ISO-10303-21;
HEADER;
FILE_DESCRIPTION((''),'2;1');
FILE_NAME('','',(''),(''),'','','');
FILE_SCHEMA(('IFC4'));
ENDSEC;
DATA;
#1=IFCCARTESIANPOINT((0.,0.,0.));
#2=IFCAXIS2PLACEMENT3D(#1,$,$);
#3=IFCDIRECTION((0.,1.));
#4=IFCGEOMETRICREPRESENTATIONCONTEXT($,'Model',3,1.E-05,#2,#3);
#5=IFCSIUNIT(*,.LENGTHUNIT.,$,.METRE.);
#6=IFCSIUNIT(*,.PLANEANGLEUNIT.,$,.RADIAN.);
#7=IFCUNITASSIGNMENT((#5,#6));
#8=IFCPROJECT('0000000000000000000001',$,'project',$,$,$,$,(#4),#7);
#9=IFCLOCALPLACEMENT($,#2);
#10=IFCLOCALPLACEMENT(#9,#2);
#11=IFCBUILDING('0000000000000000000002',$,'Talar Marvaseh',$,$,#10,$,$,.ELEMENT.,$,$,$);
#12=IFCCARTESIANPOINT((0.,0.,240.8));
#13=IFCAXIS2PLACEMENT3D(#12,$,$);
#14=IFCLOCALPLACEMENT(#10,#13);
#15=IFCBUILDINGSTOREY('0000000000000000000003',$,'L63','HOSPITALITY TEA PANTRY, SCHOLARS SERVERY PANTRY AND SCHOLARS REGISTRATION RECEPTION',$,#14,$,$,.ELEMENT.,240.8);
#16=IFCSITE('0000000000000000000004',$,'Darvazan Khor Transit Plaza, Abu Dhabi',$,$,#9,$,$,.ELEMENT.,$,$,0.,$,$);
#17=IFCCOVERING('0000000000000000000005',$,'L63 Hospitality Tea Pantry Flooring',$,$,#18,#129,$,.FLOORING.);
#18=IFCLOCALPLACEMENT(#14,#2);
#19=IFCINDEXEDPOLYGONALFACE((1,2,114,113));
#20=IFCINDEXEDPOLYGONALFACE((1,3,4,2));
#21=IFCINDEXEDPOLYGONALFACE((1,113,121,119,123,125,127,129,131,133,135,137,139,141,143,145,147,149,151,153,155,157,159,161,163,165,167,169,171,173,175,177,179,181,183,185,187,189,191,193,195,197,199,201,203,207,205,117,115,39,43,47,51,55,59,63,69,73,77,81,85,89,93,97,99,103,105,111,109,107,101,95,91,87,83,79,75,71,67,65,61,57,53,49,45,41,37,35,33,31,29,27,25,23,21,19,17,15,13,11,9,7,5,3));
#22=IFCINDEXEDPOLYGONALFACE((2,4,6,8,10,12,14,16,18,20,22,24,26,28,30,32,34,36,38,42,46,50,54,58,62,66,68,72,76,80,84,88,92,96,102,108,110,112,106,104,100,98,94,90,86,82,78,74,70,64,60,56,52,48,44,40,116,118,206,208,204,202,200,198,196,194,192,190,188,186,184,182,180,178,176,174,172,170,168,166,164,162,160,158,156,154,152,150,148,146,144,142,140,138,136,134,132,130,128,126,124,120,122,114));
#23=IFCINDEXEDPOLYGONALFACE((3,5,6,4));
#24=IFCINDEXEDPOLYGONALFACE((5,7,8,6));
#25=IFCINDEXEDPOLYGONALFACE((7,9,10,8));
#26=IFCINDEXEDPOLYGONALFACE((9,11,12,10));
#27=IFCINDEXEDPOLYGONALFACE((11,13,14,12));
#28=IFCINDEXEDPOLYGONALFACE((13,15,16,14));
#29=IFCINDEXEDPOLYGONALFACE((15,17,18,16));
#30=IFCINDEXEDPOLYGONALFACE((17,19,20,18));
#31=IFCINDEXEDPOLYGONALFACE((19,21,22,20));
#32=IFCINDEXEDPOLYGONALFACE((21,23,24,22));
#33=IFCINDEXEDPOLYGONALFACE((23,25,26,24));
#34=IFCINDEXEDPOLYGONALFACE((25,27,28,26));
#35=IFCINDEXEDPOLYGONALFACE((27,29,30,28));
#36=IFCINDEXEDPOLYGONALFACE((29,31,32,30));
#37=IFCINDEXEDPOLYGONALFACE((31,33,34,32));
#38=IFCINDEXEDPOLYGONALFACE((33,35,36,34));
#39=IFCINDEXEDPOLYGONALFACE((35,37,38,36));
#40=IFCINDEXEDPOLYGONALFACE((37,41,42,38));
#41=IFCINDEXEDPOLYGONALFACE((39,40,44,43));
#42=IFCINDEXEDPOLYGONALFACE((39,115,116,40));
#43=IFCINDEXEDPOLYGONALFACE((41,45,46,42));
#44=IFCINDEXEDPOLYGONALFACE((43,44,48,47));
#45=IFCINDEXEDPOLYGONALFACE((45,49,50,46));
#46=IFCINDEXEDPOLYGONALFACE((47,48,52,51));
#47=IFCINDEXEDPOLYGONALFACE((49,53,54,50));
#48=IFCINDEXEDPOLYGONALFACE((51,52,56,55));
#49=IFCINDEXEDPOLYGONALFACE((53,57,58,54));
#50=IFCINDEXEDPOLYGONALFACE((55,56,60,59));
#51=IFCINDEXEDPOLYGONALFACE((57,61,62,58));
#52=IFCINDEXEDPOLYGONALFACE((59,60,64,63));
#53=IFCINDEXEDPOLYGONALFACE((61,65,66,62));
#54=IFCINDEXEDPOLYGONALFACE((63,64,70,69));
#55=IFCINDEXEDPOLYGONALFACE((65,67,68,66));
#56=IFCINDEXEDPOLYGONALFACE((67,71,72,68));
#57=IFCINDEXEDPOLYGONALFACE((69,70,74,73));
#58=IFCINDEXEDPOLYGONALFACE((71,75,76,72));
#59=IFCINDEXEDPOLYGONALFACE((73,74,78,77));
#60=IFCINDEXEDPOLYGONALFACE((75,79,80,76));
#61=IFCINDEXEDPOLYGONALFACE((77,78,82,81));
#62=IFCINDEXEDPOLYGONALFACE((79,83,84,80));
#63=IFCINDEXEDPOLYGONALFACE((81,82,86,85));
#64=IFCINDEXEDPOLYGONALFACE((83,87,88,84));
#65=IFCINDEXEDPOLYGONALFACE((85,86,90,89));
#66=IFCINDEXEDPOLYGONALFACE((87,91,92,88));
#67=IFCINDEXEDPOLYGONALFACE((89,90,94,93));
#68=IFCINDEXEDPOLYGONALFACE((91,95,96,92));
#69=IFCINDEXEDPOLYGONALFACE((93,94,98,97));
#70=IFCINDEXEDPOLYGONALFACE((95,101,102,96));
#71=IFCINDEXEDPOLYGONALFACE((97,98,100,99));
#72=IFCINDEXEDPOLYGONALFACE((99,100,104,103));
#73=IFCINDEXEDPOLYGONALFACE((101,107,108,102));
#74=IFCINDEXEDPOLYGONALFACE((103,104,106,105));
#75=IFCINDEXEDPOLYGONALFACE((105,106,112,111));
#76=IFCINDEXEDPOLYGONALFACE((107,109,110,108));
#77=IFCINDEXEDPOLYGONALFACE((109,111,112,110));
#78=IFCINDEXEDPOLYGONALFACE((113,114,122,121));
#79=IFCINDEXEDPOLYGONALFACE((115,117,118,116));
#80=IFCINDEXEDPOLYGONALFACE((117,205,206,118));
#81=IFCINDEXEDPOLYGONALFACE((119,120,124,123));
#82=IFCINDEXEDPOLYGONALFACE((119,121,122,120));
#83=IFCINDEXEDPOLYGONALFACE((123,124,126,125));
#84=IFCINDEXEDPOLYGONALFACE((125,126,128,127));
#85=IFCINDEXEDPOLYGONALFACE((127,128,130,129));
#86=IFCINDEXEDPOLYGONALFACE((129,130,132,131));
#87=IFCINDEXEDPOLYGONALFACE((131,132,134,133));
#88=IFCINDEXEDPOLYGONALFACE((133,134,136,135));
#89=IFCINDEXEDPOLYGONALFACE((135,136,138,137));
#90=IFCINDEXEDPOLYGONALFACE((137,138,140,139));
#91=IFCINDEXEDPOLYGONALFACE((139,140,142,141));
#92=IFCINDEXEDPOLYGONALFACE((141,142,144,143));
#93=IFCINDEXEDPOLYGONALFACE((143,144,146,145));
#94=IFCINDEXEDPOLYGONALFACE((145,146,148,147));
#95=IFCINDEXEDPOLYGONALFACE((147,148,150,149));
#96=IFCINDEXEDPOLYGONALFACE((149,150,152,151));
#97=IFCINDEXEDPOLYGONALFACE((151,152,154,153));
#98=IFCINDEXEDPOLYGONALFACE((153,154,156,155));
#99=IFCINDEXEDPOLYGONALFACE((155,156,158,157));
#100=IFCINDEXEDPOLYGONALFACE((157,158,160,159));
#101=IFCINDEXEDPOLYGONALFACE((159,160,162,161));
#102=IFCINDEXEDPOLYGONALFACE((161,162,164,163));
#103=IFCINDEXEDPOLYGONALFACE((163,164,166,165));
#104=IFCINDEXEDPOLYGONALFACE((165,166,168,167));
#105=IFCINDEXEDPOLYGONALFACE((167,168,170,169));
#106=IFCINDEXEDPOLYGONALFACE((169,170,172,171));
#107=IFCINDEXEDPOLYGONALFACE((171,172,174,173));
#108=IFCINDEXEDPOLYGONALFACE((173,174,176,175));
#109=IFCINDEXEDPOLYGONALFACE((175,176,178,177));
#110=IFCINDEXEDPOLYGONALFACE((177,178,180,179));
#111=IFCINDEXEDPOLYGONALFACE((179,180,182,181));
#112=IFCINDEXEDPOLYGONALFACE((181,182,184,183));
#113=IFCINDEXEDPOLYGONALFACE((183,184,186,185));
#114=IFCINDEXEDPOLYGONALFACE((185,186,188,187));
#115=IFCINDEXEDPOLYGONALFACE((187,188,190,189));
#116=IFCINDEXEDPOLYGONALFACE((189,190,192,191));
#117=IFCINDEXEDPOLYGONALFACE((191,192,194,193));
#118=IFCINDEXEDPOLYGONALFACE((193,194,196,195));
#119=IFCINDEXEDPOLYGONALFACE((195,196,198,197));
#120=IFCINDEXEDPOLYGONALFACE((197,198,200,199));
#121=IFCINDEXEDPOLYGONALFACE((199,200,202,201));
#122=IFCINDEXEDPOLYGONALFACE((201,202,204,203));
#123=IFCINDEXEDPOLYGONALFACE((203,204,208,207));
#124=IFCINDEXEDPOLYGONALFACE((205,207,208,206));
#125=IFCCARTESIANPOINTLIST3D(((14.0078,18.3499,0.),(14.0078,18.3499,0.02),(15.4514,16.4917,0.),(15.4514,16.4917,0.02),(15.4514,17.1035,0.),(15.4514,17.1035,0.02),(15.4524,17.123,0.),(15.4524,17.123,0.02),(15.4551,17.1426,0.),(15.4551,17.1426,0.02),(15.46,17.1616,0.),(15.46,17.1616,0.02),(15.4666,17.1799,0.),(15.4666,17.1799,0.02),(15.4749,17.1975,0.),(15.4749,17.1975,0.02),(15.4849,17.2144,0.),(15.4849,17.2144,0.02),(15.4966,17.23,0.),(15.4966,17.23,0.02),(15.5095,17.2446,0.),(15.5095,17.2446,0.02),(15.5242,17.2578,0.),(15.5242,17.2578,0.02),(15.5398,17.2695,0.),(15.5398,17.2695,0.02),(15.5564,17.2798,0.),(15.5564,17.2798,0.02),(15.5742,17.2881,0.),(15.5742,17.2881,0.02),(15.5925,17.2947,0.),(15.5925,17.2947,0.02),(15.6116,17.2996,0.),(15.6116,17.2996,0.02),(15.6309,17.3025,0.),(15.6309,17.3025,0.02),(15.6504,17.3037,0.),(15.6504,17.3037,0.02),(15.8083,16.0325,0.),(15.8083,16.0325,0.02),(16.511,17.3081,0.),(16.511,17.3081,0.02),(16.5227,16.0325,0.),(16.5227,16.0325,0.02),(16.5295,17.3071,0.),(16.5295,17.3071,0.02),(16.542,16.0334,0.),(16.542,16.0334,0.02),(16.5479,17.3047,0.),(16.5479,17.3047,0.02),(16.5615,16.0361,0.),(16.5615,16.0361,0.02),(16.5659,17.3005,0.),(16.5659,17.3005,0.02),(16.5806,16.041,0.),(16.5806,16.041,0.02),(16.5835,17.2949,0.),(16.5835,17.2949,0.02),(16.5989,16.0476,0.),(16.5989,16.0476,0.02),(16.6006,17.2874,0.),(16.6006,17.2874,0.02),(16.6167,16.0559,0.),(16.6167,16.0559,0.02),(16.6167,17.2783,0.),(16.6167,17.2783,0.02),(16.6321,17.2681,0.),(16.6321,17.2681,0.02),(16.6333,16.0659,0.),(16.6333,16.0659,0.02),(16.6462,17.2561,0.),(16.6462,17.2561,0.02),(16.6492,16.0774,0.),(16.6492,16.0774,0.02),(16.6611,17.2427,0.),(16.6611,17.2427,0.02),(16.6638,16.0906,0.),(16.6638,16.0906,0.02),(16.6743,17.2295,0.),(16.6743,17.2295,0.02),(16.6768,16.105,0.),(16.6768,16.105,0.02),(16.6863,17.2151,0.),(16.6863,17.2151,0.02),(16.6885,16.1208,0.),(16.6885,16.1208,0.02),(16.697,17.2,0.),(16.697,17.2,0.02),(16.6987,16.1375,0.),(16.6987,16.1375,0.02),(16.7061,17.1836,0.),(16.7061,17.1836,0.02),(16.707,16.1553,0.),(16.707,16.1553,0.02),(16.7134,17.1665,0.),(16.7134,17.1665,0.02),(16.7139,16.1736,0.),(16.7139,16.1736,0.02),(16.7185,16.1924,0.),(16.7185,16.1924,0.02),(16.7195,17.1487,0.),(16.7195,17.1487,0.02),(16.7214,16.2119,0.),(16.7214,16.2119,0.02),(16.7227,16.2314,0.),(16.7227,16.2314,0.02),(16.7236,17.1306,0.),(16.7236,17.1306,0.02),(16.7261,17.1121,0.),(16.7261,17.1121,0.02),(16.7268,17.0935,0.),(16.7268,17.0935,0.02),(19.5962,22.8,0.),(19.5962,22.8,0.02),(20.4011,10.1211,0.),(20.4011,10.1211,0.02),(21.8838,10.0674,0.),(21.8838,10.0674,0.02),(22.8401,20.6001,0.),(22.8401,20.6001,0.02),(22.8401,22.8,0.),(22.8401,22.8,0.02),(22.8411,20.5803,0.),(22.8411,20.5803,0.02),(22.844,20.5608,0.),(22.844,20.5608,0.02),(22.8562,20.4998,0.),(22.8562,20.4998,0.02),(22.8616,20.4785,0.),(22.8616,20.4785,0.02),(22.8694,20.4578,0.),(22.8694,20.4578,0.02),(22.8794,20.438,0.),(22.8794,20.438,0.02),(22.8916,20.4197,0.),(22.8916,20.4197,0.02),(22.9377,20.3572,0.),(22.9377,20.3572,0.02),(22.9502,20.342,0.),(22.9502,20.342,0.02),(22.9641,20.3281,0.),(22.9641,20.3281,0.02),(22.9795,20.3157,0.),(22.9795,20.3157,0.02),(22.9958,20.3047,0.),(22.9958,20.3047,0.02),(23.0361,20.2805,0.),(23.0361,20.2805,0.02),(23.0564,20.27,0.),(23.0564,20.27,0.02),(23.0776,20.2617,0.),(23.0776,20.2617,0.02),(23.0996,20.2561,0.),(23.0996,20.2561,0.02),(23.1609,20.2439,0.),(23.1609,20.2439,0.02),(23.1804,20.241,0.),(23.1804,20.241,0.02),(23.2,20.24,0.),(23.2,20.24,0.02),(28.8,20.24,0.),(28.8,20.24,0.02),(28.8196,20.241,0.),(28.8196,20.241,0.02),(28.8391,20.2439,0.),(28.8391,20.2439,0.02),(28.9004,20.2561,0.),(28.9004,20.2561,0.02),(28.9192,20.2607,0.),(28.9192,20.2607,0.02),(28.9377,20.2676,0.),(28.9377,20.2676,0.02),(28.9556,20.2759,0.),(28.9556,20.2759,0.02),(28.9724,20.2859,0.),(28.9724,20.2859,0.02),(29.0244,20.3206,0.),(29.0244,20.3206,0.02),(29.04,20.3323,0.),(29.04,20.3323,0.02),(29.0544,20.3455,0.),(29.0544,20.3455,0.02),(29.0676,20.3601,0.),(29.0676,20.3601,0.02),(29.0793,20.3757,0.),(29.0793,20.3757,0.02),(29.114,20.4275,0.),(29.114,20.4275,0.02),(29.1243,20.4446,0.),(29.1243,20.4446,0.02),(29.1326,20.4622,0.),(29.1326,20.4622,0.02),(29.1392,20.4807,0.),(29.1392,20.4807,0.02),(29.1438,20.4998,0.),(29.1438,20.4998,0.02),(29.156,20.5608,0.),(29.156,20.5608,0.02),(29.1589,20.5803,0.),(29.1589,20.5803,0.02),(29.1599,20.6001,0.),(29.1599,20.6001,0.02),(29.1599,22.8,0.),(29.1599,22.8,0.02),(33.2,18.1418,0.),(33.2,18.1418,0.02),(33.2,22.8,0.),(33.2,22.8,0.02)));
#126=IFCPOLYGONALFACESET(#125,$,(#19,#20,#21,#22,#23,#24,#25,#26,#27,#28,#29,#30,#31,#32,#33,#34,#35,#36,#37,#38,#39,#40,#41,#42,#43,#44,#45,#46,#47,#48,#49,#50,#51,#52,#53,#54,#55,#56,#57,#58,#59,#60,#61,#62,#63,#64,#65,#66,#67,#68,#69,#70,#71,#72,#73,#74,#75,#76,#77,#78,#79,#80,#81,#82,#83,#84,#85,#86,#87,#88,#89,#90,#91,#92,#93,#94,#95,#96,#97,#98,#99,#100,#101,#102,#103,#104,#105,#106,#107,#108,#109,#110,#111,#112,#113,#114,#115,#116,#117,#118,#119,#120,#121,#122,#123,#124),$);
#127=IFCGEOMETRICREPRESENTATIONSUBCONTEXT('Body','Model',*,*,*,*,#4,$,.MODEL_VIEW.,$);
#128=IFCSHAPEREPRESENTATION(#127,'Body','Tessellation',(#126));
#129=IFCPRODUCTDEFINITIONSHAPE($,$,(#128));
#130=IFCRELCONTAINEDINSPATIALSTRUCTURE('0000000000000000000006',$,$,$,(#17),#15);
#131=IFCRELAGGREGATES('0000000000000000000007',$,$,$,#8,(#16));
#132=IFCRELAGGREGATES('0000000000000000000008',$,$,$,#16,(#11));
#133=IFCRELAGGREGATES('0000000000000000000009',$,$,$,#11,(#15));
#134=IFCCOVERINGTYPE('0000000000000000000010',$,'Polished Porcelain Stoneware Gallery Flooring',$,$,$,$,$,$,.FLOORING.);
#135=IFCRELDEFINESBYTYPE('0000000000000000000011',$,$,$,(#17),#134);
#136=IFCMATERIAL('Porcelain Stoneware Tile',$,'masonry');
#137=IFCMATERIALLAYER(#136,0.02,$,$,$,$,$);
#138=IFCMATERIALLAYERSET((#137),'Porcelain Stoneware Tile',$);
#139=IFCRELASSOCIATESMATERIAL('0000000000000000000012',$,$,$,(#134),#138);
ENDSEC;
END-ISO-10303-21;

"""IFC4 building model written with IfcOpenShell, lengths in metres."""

from ifc_helpers import new_model, si_unit, direction, frame, origin, place, context, subcontext, project, spatial, polyline, outline, extrude, material, layer, layer_set, type_object, element, save


model = new_model("IFC4")

# Units and contexts
model_context = context("Model", 3, precision=1e-05, world=origin(), true_north=direction((0.0, 1.0)))
body_context = subcontext(model_context, "Body", "Model", "MODEL_VIEW")
ifc_project = project(units=[si_unit("LENGTHUNIT", "METRE"), si_unit("PLANEANGLEUNIT", "RADIAN")], contexts=[model_context])

# Site, building, storey
site_placement = place(None, origin())
site = spatial("IfcSite", under=ifc_project, at=site_placement, Name="Darvazan Khor Transit Plaza, Abu Dhabi", CompositionType="ELEMENT", RefElevation=0.0)
building_placement = place(site_placement, origin())
building = spatial("IfcBuilding", under=site, at=building_placement, Name="Talar Marvaseh", CompositionType="ELEMENT")
storey_placement = place(building_placement, frame((0.0, 0.0, 240.8)))
storey = spatial("IfcBuildingStorey", under=building, at=storey_placement, Name="L63", Description="HOSPITALITY TEA PANTRY, SCHOLARS SERVERY PANTRY AND SCHOLARS REGISTRATION RECEPTION", CompositionType="ELEMENT", Elevation=240.8)

# Covering
ifc_material_1 = material(Name="Porcelain Stoneware Tile", Category="masonry")
ifc_layer_1 = layer(ifc_material_1, 0.02)
ifc_layer_set_1 = layer_set([ifc_layer_1], Name="Porcelain Stoneware Tile")
covering_type_1 = type_object("IfcCoveringType", Name="Polished Porcelain Stoneware Gallery Flooring", PredefinedType="FLOORING", material=ifc_layer_set_1)
covering_1_placement = place(storey_placement, origin())
element("IfcCovering", 1, at=covering_1_placement, inside=storey, type_object=covering_type_1, Name="L63 Hospitality Tea Pantry Flooring", PredefinedType="FLOORING", context=body_context, shape_type="SweptSolid", body=[
    extrude(outline(polyline([(22.8401, 22.8), (22.8401, 20.6001), (22.8411, 20.5803), (22.844, 20.5608), (22.8562, 20.4998), (22.8616, 20.4785), (22.8694, 20.4578), (22.8794, 20.438), (22.8916, 20.4197), (22.9377, 20.3572), (22.9502, 20.342), (22.9641, 20.3281), (22.9795, 20.3157), (22.9958, 20.3047), (23.0361, 20.2805), (23.0564, 20.27), (23.0776, 20.2617), (23.0996, 20.2561), (23.1609, 20.2439), (23.1804, 20.241), (23.2, 20.24), (28.8, 20.24), (28.8196, 20.241), (28.8391, 20.2439), (28.9004, 20.2561), (28.9192, 20.2607), (28.9377, 20.2676), (28.9556, 20.2759), (28.9724, 20.2859), (29.0244, 20.3206), (29.04, 20.3323), (29.0544, 20.3455), (29.0676, 20.3601), (29.0793, 20.3757), (29.114, 20.4275), (29.1243, 20.4446), (29.1326, 20.4622), (29.1392, 20.4807), (29.1438, 20.4998), (29.156, 20.5608), (29.1589, 20.5803), (29.1599, 20.6001), (29.1599, 22.8), (33.2, 22.8), (33.2, 18.1418), (21.8838, 10.0674), (20.4011, 10.1211), (15.8083, 16.0325), (16.5227, 16.0325), (16.542, 16.0334), (16.5615, 16.0361), (16.5806, 16.041), (16.5989, 16.0476), (16.6167, 16.0559), (16.6333, 16.0659), (16.6492, 16.0774), (16.6638, 16.0906), (16.6768, 16.105), (16.6885, 16.1208), (16.6987, 16.1375), (16.707, 16.1553), (16.7139, 16.1736), (16.7185, 16.1924), (16.7214, 16.2119), (16.7227, 16.2314), (16.7268, 17.0935), (16.7261, 17.1121), (16.7236, 17.1306), (16.7195, 17.1487), (16.7134, 17.1665), (16.7061, 17.1836), (16.697, 17.2), (16.6863, 17.2151), (16.6743, 17.2295), (16.6611, 17.2427), (16.6462, 17.2561), (16.6321, 17.2681), (16.6167, 17.2783), (16.6006, 17.2874), (16.5835, 17.2949), (16.5659, 17.3005), (16.5479, 17.3047), (16.5295, 17.3071), (16.511, 17.3081), (15.6504, 17.3037), (15.6309, 17.3025), (15.6116, 17.2996), (15.5925, 17.2947), (15.5742, 17.2881), (15.5564, 17.2798), (15.5398, 17.2695), (15.5242, 17.2578), (15.5095, 17.2446), (15.4966, 17.23), (15.4849, 17.2144), (15.4749, 17.1975), (15.4666, 17.1799), (15.46, 17.1616), (15.4551, 17.1426), (15.4524, 17.123), (15.4514, 17.1035), (15.4514, 16.4917), (14.0078, 18.3499), (19.5962, 22.8), (22.8401, 22.8)])), origin(), (0.0, 0.0, 1.0), 0.02),
])

save(model, "model.ifc")
